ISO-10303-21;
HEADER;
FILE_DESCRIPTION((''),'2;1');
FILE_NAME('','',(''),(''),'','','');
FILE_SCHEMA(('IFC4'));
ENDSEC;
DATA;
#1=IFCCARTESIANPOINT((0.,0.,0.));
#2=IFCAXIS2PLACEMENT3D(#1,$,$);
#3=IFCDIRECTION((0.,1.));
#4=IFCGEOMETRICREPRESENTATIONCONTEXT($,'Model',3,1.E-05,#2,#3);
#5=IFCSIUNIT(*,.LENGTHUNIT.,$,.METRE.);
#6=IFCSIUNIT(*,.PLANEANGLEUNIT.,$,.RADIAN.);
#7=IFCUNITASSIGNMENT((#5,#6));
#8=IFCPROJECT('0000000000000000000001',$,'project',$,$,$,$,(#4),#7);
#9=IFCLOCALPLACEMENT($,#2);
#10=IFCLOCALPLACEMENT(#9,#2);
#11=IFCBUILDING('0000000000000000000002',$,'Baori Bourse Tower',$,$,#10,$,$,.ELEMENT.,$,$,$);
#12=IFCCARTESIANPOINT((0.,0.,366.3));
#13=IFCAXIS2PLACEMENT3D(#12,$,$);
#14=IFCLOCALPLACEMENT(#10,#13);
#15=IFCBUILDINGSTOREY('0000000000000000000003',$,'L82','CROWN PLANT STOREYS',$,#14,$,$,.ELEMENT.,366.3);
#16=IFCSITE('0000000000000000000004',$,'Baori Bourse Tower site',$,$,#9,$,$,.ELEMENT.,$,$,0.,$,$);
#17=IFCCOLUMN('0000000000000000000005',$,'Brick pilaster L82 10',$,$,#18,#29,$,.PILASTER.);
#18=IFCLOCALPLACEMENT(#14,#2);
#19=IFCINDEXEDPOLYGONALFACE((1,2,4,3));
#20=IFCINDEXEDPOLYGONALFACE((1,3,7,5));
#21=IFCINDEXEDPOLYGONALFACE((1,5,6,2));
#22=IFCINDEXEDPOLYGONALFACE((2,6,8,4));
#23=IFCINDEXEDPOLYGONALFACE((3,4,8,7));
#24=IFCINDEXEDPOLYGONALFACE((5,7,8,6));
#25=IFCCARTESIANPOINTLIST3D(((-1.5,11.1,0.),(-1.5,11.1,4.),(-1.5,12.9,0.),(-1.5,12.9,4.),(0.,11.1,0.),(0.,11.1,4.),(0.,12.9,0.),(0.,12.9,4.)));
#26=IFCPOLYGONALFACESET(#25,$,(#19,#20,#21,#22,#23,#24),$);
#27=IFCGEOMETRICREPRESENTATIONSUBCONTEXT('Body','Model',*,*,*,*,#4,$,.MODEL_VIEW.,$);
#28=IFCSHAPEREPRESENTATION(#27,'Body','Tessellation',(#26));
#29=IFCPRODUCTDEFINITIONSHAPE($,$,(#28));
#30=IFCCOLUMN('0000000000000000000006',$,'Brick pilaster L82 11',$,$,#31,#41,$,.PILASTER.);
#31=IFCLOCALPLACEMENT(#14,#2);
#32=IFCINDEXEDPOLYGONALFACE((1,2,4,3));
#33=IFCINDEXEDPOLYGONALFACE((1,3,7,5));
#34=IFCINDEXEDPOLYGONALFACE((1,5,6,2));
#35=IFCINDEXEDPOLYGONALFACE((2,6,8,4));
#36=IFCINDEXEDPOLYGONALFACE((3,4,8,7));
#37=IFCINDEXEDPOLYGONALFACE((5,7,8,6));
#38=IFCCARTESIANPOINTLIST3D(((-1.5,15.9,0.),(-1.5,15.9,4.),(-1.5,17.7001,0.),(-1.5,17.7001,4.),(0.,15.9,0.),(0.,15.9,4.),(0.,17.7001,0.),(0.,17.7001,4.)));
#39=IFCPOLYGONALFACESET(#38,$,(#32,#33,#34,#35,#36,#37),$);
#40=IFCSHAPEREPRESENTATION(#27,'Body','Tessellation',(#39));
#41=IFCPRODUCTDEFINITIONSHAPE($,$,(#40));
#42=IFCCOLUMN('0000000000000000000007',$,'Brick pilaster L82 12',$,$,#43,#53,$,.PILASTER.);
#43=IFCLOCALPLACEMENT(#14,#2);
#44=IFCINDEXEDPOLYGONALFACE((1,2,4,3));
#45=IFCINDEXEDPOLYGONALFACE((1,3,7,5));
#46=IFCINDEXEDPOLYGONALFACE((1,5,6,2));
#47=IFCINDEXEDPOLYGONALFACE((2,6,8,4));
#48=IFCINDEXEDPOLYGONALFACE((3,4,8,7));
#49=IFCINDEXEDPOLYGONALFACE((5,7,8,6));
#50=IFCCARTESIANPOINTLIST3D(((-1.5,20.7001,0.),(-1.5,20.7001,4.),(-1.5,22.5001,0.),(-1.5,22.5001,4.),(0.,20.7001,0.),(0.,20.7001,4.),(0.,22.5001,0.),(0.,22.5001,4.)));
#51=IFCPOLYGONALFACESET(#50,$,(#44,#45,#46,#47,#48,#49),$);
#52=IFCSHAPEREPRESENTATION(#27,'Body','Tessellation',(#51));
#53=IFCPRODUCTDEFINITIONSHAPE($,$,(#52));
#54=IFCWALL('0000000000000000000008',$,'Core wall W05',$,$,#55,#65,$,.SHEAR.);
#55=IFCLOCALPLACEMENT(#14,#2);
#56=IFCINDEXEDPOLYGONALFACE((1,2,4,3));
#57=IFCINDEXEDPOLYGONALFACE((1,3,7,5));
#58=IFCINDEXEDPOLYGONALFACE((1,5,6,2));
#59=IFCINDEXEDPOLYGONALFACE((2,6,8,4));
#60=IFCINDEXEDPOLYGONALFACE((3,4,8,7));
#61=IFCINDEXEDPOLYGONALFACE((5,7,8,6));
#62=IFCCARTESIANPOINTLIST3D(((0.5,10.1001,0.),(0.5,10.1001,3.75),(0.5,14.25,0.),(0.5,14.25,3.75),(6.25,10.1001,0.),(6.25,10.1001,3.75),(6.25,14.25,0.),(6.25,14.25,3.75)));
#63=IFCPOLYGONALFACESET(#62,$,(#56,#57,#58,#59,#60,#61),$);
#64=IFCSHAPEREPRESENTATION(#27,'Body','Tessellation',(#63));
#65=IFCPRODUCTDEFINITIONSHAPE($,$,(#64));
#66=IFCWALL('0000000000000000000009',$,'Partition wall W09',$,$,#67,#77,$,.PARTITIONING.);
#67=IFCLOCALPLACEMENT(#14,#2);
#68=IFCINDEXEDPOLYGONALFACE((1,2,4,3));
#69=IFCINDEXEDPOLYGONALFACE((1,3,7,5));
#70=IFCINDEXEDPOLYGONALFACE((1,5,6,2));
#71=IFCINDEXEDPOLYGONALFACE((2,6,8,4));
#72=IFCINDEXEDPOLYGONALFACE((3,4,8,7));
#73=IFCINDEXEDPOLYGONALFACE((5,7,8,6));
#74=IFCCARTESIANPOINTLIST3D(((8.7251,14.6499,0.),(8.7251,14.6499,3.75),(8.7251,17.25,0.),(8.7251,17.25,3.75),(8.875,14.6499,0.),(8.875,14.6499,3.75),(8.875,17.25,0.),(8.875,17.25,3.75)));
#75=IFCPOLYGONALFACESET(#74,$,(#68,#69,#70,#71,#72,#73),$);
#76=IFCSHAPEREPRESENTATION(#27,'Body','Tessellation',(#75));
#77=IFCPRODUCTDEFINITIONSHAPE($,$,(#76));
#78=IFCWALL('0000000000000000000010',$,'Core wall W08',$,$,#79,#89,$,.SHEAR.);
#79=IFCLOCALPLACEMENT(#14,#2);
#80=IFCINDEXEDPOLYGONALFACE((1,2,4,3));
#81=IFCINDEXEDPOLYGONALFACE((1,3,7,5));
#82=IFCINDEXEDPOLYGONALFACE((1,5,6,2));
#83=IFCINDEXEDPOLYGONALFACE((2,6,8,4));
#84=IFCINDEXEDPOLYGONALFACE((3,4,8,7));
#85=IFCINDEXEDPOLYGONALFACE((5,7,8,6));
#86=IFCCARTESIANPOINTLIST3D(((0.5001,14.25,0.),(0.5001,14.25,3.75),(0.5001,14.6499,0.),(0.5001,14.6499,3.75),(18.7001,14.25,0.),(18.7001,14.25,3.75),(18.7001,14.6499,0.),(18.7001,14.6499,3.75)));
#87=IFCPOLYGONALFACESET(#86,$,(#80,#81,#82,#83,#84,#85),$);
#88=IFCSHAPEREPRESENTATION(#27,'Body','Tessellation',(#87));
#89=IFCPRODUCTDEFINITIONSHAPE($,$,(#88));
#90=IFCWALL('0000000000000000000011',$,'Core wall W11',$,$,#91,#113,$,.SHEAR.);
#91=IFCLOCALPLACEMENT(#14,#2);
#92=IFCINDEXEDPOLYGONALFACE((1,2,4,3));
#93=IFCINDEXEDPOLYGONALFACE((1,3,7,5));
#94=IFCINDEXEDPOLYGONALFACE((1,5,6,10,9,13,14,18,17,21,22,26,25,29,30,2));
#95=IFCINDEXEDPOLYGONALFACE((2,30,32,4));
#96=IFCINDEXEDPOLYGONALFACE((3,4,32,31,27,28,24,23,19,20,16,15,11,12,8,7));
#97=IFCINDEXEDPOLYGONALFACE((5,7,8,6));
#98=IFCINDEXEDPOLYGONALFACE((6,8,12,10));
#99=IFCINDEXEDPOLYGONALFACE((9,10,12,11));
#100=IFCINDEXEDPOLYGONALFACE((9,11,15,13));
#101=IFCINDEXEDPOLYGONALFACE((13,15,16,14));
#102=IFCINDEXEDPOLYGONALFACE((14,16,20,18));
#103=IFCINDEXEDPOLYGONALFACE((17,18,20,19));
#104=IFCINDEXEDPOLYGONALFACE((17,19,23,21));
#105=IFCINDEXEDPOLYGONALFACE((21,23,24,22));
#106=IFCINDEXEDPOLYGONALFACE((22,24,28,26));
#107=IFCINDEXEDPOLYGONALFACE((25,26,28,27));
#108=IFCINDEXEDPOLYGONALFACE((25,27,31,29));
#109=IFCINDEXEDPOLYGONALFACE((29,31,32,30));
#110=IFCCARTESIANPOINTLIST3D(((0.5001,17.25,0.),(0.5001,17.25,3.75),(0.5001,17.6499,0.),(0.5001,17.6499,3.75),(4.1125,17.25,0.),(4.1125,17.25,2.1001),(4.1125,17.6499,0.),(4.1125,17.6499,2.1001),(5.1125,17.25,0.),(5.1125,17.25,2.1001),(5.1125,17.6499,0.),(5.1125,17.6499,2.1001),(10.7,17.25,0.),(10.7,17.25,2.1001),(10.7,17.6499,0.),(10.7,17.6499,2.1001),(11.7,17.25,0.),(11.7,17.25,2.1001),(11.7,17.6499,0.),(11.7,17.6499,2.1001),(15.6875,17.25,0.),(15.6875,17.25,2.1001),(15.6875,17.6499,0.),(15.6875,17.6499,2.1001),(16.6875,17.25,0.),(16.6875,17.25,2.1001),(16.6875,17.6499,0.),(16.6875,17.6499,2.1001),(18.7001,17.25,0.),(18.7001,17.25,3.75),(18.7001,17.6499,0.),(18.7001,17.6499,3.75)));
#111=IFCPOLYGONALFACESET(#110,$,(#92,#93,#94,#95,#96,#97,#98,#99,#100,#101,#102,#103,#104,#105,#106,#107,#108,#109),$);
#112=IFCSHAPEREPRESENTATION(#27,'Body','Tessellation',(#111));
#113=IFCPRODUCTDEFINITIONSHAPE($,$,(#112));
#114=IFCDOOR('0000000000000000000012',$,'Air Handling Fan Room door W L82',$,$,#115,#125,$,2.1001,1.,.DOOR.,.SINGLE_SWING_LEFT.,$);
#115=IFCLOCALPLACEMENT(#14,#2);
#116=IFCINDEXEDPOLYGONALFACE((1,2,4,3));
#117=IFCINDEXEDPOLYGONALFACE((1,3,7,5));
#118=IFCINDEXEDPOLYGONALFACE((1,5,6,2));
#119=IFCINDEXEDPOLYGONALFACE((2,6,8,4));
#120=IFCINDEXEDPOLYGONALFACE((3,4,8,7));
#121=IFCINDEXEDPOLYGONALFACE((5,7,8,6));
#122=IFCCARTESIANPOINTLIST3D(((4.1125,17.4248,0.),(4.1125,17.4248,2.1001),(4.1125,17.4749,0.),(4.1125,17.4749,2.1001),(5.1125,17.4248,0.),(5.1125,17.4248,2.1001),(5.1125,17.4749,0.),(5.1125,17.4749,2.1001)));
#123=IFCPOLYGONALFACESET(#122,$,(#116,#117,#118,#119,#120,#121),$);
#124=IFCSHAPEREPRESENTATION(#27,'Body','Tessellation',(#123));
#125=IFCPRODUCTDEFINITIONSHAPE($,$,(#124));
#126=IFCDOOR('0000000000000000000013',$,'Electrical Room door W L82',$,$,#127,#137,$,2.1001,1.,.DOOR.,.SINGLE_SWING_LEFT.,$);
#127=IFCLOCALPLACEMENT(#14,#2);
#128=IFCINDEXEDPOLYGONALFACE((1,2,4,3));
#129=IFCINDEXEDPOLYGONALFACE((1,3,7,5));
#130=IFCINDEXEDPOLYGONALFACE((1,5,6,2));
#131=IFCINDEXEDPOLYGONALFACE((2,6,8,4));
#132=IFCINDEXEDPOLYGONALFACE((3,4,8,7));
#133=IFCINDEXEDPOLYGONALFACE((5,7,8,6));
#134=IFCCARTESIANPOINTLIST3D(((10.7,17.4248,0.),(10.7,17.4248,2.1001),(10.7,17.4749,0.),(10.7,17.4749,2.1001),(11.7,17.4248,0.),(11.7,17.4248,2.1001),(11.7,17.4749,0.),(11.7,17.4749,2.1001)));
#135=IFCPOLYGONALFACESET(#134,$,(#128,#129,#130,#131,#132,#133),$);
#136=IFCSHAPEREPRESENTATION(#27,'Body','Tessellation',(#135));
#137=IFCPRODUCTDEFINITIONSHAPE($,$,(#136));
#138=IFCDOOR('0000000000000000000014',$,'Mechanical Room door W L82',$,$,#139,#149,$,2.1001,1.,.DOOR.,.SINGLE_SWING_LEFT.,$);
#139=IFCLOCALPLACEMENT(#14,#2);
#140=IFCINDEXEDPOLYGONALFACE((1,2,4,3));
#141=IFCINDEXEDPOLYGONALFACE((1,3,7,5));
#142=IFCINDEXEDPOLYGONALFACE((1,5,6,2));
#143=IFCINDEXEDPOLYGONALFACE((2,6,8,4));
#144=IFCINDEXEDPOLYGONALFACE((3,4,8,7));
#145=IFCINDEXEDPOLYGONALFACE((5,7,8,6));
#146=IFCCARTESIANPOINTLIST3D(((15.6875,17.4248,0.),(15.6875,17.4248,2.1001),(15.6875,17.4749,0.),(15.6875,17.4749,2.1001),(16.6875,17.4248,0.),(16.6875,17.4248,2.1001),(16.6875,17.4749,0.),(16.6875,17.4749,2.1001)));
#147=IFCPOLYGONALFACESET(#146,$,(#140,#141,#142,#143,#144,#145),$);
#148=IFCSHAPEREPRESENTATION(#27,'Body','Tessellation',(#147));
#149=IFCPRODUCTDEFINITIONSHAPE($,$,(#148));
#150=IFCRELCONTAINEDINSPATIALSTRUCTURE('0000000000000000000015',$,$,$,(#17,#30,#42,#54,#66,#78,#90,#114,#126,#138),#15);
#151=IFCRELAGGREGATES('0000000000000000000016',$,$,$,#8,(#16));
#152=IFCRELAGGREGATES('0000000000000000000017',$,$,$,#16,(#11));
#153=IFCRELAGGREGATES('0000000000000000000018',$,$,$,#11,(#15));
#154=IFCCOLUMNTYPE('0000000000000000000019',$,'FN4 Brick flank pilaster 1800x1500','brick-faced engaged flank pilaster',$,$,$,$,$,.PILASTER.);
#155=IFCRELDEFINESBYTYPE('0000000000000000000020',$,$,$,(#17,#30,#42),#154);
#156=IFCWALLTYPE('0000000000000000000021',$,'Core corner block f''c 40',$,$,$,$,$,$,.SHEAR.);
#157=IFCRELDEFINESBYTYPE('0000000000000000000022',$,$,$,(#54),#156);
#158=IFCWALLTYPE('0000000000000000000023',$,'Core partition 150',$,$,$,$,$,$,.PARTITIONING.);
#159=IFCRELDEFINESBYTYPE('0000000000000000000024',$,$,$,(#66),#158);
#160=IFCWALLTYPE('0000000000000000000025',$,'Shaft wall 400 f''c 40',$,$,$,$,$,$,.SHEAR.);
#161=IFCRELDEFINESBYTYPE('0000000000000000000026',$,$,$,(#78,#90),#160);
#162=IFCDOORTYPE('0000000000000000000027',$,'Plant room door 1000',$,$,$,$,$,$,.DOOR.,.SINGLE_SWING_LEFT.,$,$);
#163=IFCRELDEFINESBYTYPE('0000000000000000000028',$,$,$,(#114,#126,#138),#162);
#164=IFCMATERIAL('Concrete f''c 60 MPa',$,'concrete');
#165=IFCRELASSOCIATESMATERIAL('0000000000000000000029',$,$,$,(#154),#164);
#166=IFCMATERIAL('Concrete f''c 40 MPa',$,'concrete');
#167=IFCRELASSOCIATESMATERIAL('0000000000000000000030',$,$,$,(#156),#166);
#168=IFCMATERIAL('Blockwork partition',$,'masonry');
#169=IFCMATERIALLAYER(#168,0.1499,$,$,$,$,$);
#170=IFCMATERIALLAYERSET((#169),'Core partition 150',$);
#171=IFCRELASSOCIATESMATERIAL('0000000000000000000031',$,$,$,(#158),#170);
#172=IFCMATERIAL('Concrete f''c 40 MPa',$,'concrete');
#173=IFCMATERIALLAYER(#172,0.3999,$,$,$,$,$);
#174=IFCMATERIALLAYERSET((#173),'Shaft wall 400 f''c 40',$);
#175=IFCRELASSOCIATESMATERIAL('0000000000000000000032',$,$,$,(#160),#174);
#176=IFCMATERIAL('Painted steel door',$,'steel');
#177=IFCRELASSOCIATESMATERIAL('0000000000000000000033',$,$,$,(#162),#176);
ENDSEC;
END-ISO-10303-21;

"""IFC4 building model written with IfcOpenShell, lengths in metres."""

from ifc_helpers import new_model, si_unit, direction, frame, frame_2d, origin, origin_2d, place, context, subcontext, project, spatial, rectangle, extrude, material, layer, layer_set, material_profile, profile_set, type_object, element, fill, save


model = new_model("IFC4")

# Units and contexts
model_context = context("Model", 3, precision=1e-05, world=origin(), true_north=direction((0.0, 1.0)))
body_context = subcontext(model_context, "Body", "Model", "MODEL_VIEW")
ifc_project = project(units=[si_unit("LENGTHUNIT", "METRE"), si_unit("PLANEANGLEUNIT", "RADIAN")], contexts=[model_context])

# Site, building, storey
site_placement = place(None, origin())
site = spatial("IfcSite", under=ifc_project, at=site_placement, Name="Baori Bourse Tower site", CompositionType="ELEMENT", RefElevation=0.0)
building_placement = place(site_placement, origin())
building = spatial("IfcBuilding", under=site, at=building_placement, Name="Baori Bourse Tower", CompositionType="ELEMENT")
storey_placement = place(building_placement, frame((0.0, 0.0, 366.3)))
storey = spatial("IfcBuildingStorey", under=building, at=storey_placement, Name="L82", Description="CROWN PLANT STOREYS", CompositionType="ELEMENT", Elevation=366.3)

# Columns
ifc_material_1 = material(Name="Concrete f'c 60 MPa", Category="concrete")
ifc_material_profile = material_profile(ifc_material_1, rectangle(XDim=1.8, YDim=1.5, at=origin_2d()), Name="RC 1800x1500")
ifc_profile_set = profile_set([ifc_material_profile], Name="Concrete f'c 60 MPa")
column_type = type_object("IfcColumnType", Name="FN4 Brick flank pilaster 1800x1500", Description="brick-faced engaged flank pilaster", PredefinedType="PILASTER", material=ifc_profile_set)
for number, where, z_axis, x_axis, name in (
    (1, (-0.75, 12.0, 0.0), (0.0, 0.0, 1.0), (0.0, 1.0, 0.0), "Brick pilaster L82 10"),
    (2, (-0.75, 16.8, 0.0), (0.0, 0.0, 1.0), (0.0, 1.0, 0.0), "Brick pilaster L82 11"),
    (3, (-0.75, 21.6001, 0.0), (0.0, 0.0, 1.0), (0.0, 1.0, 0.0), "Brick pilaster L82 12"),
):
    element("IfcColumn", number, at=place(storey_placement, frame(where, z_axis=z_axis, x_axis=x_axis)), inside=storey, type_object=column_type, Name=name, PredefinedType="PILASTER", context=body_context, shape_type="SweptSolid", body=[
        extrude(rectangle(XDim=1.8, YDim=1.5, at=origin_2d()), origin(), (0.0, 0.0, 1.0), 4.0),
    ])

# Walls
ifc_material_2 = material(Name="Concrete f'c 40 MPa", Category="concrete")
wall_type_1 = type_object("IfcWallType", Name="Core corner block f'c 40", PredefinedType="SHEAR", material=ifc_material_2)
wall_1_placement = place(storey_placement, frame((0.5, 12.175, 0.0), z_axis=(0.0, 0.0, 1.0), x_axis=(1.0, 0.0, 0.0)))
element("IfcWall", 4, at=wall_1_placement, inside=storey, type_object=wall_type_1, Name="Core wall W05", PredefinedType="SHEAR", context=body_context, shape_type="SweptSolid", body=[
    extrude(rectangle(XDim=5.75, YDim=4.1499, at=frame_2d((2.875, 0.0))), origin(), (0.0, 0.0, 1.0), 3.75),
])
ifc_material_3 = material(Name="Blockwork partition", Category="masonry")
ifc_layer_1 = layer(ifc_material_3, 0.1499)
ifc_layer_set_1 = layer_set([ifc_layer_1], Name="Core partition 150")
wall_type_2 = type_object("IfcWallType", Name="Core partition 150", PredefinedType="PARTITIONING", material=ifc_layer_set_1)
wall_2_placement = place(storey_placement, frame((8.8, 14.6499, 0.0), z_axis=(0.0, 0.0, 1.0), x_axis=(0.0, 1.0, 0.0)))
element("IfcWall", 5, at=wall_2_placement, inside=storey, type_object=wall_type_2, Name="Partition wall W09", PredefinedType="PARTITIONING", context=body_context, shape_type="SweptSolid", body=[
    extrude(rectangle(XDim=2.6001, YDim=0.1499, at=frame_2d((1.3, 0.0))), origin(), (0.0, 0.0, 1.0), 3.75),
])
ifc_material_4 = material(Name="Concrete f'c 40 MPa", Category="concrete")
ifc_layer_2 = layer(ifc_material_4, 0.3999)
ifc_layer_set_2 = layer_set([ifc_layer_2], Name="Shaft wall 400 f'c 40")
wall_type_3 = type_object("IfcWallType", Name="Shaft wall 400 f'c 40", PredefinedType="SHEAR", material=ifc_layer_set_2)
wall_3_placement = place(storey_placement, frame((0.5, 14.45, 0.0), z_axis=(0.0, 0.0, 1.0), x_axis=(1.0, 0.0, 0.0)))
element("IfcWall", 6, at=wall_3_placement, inside=storey, type_object=wall_type_3, Name="Core wall W08", PredefinedType="SHEAR", context=body_context, shape_type="SweptSolid", body=[
    extrude(rectangle(XDim=18.2, YDim=0.3999, at=frame_2d((9.1001, 0.0))), origin(), (0.0, 0.0, 1.0), 3.75),
])

# Wall, openings, doors
wall_4_placement = place(storey_placement, frame((0.5, 17.45, 0.0), z_axis=(0.0, 0.0, 1.0), x_axis=(1.0, 0.0, 0.0)))
wall_4 = element("IfcWall", 7, at=wall_4_placement, inside=storey, type_object=wall_type_3, Name="Core wall W11", PredefinedType="SHEAR", context=body_context, shape_type="SweptSolid", body=[
    extrude(rectangle(XDim=18.2, YDim=0.3999, at=frame_2d((9.1001, 0.0))), origin(), (0.0, 0.0, 1.0), 3.75),
])
opening_1_placement = place(wall_4_placement, frame((3.6125, 0.0, 0.0)))
opening_1 = element("IfcOpeningElement", 8, at=opening_1_placement, cuts=wall_4, PredefinedType="OPENING", context=body_context, shape_type="SweptSolid", body=[
    extrude(rectangle(XDim=1.0, YDim=2.1001, at=frame_2d((0.5, 1.05))), frame((0.0, 0.21, 0.0), z_axis=(0.0, -1.0, 0.0), x_axis=(1.0, 0.0, 0.0)), (0.0, 0.0, 1.0), 0.4199),
])
opening_2_placement = place(wall_4_placement, frame((10.2, 0.0, 0.0)))
opening_2 = element("IfcOpeningElement", 9, at=opening_2_placement, cuts=wall_4, PredefinedType="OPENING", context=body_context, shape_type="SweptSolid", body=[
    extrude(rectangle(XDim=1.0, YDim=2.1001, at=frame_2d((0.5, 1.05))), frame((0.0, 0.21, 0.0), z_axis=(0.0, -1.0, 0.0), x_axis=(1.0, 0.0, 0.0)), (0.0, 0.0, 1.0), 0.4199),
])
opening_3_placement = place(wall_4_placement, frame((15.1875, 0.0, 0.0)))
opening_3 = element("IfcOpeningElement", 10, at=opening_3_placement, cuts=wall_4, PredefinedType="OPENING", context=body_context, shape_type="SweptSolid", body=[
    extrude(rectangle(XDim=1.0, YDim=2.1001, at=frame_2d((0.5, 1.05))), frame((0.0, 0.21, 0.0), z_axis=(0.0, -1.0, 0.0), x_axis=(1.0, 0.0, 0.0)), (0.0, 0.0, 1.0), 0.4199),
])
ifc_material_5 = material(Name="Painted steel door", Category="steel")
door_type_1 = type_object("IfcDoorType", Name="Plant room door 1000", OperationType="SINGLE_SWING_LEFT", PredefinedType="DOOR", material=ifc_material_5)
door_1_placement = place(opening_1_placement, origin())
door_1 = element("IfcDoor", 11, at=door_1_placement, inside=storey, type_object=door_type_1, Name="Air Handling Fan Room door W L82", OperationType="SINGLE_SWING_LEFT", OverallHeight=2.1001, OverallWidth=1.0, PredefinedType="DOOR", context=body_context, shape_type="SweptSolid", body=[
    extrude(rectangle(XDim=1.0, YDim=2.1001, at=frame_2d((0.5, 1.05))), frame((0.0, 0.0249, 0.0), z_axis=(0.0, -1.0, 0.0), x_axis=(1.0, 0.0, 0.0)), (0.0, 0.0, 1.0), 0.05),
])
fill(opening_1, door_1)
door_2_placement = place(opening_2_placement, origin())
door_2 = element("IfcDoor", 12, at=door_2_placement, inside=storey, type_object=door_type_1, Name="Electrical Room door W L82", OperationType="SINGLE_SWING_LEFT", OverallHeight=2.1001, OverallWidth=1.0, PredefinedType="DOOR", context=body_context, shape_type="SweptSolid", body=[
    extrude(rectangle(XDim=1.0, YDim=2.1001, at=frame_2d((0.5, 1.05))), frame((0.0, 0.0249, 0.0), z_axis=(0.0, -1.0, 0.0), x_axis=(1.0, 0.0, 0.0)), (0.0, 0.0, 1.0), 0.05),
])
fill(opening_2, door_2)
door_3_placement = place(opening_3_placement, origin())
door_3 = element("IfcDoor", 13, at=door_3_placement, inside=storey, type_object=door_type_1, Name="Mechanical Room door W L82", OperationType="SINGLE_SWING_LEFT", OverallHeight=2.1001, OverallWidth=1.0, PredefinedType="DOOR", context=body_context, shape_type="SweptSolid", body=[
    extrude(rectangle(XDim=1.0, YDim=2.1001, at=frame_2d((0.5, 1.05))), frame((0.0, 0.0249, 0.0), z_axis=(0.0, -1.0, 0.0), x_axis=(1.0, 0.0, 0.0)), (0.0, 0.0, 1.0), 0.05),
])
fill(opening_3, door_3)

save(model, "model.ifc")
